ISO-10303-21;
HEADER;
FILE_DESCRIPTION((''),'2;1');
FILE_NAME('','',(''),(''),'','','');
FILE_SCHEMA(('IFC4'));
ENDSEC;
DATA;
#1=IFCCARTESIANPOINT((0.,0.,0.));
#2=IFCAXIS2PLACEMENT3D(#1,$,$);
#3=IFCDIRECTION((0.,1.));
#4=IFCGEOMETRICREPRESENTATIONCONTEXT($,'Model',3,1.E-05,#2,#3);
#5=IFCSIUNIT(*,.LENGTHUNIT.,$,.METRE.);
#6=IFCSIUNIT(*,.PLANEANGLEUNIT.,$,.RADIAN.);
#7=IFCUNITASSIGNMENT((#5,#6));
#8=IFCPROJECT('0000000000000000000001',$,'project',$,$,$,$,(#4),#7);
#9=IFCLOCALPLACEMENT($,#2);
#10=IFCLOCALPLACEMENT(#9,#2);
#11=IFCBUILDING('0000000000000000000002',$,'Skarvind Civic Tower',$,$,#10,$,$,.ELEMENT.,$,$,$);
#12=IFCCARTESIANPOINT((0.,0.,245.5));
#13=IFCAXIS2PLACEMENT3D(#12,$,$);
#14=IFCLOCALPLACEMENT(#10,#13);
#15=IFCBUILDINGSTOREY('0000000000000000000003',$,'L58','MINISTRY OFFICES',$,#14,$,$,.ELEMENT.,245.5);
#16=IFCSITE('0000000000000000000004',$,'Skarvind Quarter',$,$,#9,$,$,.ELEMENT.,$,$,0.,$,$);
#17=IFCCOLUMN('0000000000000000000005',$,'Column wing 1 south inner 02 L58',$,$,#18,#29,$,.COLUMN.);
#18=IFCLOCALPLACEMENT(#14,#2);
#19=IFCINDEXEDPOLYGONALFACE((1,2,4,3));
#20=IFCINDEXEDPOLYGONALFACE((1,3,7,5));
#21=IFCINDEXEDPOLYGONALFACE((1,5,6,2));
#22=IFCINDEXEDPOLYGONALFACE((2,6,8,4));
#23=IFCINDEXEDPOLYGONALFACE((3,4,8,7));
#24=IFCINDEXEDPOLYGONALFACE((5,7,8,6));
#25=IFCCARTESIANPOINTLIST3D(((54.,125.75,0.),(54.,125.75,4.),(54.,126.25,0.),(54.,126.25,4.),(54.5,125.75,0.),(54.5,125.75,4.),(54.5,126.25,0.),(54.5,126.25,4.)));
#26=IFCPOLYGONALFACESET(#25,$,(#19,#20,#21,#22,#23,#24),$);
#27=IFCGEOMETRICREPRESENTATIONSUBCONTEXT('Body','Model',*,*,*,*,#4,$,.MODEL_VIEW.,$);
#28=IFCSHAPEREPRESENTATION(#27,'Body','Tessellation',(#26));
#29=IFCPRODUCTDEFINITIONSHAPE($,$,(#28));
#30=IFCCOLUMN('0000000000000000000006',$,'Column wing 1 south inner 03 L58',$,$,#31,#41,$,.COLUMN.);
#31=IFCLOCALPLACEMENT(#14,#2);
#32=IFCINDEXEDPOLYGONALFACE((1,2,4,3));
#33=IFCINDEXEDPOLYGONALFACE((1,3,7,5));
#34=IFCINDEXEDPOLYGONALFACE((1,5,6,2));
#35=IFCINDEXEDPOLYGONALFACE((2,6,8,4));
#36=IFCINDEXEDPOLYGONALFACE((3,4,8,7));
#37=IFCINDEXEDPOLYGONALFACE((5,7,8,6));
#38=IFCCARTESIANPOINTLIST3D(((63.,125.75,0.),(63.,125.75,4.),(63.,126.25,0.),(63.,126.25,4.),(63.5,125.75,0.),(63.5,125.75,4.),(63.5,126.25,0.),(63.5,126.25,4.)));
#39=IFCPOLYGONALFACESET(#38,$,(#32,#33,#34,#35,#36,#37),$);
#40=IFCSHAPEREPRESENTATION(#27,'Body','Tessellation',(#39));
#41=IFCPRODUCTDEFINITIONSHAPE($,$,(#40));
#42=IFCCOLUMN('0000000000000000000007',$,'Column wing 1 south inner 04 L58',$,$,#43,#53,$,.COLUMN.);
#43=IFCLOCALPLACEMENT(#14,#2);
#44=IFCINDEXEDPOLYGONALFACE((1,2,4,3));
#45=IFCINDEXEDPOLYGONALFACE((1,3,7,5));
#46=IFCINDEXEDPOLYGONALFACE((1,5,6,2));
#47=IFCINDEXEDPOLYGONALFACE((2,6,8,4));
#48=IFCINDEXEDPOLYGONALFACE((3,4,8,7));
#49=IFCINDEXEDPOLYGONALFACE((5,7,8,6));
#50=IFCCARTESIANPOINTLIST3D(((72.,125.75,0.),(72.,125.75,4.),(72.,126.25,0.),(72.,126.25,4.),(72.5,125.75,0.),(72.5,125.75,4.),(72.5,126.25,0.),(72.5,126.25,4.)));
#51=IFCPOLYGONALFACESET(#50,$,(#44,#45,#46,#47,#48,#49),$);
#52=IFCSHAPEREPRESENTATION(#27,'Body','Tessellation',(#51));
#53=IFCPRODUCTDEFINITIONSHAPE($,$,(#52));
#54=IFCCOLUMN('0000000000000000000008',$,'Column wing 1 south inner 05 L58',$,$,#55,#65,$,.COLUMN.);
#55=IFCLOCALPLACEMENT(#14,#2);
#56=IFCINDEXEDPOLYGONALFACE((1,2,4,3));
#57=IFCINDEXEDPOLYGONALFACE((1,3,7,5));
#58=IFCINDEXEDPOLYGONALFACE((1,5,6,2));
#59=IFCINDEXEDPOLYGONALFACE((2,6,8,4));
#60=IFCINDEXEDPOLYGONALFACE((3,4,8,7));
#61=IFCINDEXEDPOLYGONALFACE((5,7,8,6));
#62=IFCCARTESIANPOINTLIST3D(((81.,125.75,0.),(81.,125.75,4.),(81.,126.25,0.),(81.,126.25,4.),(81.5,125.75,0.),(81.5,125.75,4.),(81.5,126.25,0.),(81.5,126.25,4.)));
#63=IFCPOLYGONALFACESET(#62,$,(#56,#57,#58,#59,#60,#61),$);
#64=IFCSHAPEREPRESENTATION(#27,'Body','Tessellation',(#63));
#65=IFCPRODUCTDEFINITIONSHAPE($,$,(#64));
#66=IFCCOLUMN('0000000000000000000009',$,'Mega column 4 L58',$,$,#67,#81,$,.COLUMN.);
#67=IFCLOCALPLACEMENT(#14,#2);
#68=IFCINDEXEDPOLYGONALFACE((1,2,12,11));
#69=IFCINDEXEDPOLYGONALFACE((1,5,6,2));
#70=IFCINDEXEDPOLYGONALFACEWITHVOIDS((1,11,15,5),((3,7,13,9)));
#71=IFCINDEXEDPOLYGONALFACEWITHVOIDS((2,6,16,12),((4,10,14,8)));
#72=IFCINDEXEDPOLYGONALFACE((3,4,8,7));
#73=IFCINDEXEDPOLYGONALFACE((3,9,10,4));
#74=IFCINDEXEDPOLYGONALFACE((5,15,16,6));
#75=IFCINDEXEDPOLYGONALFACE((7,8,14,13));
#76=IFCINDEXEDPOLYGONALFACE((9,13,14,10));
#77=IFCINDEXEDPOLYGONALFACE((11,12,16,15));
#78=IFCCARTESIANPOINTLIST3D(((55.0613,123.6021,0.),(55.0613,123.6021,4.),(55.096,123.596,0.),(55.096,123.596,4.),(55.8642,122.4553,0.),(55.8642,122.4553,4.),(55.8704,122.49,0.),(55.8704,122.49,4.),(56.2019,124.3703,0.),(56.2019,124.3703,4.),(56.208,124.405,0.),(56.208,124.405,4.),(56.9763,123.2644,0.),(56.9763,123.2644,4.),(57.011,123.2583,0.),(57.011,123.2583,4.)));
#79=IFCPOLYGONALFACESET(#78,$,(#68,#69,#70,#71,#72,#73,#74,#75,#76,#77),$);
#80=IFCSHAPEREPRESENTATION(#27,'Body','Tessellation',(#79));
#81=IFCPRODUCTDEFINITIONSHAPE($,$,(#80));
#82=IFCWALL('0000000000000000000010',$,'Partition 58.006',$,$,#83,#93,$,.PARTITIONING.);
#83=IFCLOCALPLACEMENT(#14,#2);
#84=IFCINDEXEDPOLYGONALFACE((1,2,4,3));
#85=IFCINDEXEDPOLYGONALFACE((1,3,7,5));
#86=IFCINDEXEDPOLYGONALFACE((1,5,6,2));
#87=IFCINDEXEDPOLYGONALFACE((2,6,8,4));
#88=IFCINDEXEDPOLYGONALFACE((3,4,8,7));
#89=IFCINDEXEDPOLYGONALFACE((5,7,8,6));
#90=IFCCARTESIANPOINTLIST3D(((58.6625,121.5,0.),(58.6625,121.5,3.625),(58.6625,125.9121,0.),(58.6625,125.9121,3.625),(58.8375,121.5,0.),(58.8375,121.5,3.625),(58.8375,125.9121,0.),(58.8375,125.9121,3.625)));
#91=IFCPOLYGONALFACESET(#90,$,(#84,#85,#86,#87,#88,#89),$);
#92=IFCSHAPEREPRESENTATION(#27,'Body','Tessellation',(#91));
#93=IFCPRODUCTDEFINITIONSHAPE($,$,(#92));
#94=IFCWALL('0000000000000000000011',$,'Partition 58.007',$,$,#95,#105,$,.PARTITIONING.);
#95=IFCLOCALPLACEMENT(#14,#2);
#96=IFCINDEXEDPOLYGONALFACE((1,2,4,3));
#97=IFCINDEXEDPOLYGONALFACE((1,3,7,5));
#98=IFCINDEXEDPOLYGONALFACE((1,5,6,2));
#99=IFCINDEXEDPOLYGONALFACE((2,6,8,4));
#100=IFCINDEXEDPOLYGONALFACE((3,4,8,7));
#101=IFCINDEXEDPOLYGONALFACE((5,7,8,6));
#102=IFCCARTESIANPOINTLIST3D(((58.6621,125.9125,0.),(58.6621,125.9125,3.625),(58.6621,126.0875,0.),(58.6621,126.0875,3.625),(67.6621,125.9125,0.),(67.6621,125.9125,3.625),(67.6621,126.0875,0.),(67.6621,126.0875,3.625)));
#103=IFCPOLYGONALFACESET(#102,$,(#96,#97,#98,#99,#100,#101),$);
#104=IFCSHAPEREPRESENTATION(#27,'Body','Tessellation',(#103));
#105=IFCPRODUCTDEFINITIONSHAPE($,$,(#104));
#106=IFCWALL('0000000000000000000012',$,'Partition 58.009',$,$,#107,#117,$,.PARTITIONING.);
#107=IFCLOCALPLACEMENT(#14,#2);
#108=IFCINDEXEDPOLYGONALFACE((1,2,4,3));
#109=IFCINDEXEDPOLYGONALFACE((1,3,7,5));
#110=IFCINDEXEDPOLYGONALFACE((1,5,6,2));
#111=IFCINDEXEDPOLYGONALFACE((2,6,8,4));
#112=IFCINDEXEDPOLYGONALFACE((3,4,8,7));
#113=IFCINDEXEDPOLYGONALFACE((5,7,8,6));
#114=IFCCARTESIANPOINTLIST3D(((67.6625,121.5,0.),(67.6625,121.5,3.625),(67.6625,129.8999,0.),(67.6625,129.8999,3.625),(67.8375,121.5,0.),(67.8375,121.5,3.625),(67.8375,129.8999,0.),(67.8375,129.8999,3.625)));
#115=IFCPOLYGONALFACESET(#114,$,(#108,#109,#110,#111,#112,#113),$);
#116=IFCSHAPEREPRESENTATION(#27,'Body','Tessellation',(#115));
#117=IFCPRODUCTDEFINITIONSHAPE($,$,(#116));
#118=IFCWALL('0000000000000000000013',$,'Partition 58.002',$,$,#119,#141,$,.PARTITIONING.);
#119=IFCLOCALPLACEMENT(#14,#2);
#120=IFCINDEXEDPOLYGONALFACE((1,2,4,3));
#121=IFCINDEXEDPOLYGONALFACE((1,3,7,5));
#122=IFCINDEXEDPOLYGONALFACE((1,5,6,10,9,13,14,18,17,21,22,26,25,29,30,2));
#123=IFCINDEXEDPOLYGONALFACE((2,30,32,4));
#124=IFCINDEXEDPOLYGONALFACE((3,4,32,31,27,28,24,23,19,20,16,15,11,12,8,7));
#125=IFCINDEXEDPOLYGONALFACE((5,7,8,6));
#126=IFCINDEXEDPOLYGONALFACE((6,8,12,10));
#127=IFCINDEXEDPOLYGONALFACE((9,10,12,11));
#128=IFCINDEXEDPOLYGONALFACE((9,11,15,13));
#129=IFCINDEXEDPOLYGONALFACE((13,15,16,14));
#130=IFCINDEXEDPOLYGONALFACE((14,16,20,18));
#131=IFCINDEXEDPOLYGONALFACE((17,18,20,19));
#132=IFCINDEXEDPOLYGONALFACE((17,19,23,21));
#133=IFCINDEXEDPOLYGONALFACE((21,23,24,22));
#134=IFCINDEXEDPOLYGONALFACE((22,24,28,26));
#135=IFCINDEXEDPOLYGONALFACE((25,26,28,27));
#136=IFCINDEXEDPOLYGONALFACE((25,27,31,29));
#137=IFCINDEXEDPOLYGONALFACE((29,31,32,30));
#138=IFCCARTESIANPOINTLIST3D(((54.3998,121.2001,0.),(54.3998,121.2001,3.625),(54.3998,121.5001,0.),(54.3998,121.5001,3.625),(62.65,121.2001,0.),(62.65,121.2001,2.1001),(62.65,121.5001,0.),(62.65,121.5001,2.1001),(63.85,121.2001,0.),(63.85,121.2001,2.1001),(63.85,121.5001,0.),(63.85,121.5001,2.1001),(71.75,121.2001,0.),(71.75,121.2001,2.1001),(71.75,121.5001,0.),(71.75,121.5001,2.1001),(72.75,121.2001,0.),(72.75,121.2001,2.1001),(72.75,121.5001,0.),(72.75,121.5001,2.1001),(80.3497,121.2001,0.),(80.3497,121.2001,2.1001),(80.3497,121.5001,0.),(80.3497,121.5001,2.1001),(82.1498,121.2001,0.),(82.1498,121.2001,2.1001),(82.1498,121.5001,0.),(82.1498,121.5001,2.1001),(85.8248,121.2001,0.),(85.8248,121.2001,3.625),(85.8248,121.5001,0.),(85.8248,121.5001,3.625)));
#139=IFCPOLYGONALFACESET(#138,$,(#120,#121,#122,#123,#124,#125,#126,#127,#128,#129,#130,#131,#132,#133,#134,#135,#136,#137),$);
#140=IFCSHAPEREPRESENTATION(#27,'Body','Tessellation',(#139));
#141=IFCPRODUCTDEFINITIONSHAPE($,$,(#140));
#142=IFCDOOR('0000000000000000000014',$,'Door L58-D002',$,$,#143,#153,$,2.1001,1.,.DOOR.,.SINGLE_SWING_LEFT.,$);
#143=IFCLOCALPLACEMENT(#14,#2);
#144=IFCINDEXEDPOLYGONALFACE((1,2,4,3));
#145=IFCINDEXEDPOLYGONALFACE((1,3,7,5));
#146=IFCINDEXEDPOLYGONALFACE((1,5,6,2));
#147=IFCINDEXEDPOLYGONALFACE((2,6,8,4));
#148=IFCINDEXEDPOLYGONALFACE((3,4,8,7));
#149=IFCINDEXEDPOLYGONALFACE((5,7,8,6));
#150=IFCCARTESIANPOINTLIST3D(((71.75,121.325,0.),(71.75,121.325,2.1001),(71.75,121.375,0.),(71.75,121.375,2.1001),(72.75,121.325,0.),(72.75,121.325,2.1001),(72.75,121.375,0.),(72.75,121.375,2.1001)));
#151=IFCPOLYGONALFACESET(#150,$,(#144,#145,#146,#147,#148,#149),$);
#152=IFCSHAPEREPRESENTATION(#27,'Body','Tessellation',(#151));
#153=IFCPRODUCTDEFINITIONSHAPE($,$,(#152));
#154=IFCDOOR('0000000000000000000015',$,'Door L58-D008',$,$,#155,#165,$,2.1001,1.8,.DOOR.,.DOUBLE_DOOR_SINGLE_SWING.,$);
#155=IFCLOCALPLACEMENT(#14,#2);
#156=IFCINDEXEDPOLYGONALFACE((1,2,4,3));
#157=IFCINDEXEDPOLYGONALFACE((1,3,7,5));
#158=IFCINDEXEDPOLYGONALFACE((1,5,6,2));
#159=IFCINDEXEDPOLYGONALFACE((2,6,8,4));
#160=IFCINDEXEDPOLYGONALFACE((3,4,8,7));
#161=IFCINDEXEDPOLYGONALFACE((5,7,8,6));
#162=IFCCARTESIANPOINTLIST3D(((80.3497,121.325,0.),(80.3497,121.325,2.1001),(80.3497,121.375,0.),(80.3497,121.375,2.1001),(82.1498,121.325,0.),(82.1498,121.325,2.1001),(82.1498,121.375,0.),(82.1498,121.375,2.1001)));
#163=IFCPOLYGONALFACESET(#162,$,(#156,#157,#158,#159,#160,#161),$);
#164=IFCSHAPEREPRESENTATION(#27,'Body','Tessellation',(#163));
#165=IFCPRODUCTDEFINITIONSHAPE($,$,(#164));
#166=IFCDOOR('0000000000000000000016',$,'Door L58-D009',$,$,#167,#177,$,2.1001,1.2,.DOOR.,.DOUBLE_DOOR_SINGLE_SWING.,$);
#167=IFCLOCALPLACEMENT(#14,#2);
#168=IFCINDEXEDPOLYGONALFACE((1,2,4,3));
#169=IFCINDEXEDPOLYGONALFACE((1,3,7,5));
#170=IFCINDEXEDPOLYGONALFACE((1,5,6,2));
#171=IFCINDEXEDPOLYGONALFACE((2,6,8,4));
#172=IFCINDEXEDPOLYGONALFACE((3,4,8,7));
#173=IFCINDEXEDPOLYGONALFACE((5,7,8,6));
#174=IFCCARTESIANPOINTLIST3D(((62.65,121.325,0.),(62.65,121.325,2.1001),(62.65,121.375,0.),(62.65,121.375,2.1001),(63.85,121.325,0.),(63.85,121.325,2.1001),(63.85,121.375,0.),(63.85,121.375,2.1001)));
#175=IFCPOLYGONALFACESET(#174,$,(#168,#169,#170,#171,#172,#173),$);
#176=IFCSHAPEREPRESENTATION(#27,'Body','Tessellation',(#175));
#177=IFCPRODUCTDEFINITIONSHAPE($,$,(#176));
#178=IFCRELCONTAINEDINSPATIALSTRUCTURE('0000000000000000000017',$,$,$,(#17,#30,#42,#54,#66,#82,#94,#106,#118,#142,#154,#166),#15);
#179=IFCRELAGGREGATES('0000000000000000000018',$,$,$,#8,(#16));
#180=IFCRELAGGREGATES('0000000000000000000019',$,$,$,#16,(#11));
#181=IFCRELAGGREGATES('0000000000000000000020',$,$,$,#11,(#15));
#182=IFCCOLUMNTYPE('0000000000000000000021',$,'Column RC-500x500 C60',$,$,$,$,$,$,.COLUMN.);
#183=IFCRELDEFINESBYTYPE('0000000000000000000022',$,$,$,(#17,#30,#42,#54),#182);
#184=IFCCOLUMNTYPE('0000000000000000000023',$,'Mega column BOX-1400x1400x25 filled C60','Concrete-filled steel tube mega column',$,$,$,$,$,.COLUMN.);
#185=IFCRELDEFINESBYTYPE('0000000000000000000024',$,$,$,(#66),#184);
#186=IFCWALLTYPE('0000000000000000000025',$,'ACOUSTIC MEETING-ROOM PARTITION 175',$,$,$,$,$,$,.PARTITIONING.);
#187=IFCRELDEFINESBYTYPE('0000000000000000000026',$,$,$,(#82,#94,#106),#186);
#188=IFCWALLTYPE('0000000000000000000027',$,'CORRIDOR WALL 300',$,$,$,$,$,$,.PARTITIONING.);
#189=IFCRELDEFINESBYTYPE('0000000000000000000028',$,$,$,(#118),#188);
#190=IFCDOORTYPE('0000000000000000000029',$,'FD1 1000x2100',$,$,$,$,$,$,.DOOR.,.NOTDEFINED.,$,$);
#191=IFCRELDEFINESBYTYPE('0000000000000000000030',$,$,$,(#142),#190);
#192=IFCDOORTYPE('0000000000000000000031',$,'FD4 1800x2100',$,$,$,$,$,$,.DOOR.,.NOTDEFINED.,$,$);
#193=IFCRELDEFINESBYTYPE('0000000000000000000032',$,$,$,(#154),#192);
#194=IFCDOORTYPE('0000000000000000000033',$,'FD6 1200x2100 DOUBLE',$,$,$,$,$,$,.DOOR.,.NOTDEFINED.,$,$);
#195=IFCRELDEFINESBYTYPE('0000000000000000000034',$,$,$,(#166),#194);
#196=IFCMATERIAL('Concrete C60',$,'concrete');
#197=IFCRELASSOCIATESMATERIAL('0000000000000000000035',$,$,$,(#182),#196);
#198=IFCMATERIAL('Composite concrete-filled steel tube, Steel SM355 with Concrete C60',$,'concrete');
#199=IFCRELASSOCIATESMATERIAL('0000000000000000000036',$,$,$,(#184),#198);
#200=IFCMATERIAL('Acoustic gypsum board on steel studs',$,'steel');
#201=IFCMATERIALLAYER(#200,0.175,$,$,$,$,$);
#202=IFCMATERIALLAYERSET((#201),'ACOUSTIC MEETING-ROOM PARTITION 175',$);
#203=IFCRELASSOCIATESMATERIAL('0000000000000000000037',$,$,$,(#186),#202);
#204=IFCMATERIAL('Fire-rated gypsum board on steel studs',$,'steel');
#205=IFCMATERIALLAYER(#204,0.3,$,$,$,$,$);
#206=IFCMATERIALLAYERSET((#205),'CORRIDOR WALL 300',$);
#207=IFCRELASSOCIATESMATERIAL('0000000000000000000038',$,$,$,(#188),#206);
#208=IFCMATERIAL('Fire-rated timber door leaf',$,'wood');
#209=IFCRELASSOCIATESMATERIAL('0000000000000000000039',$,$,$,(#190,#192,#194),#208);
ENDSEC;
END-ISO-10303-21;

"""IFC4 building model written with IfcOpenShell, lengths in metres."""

from ifc_helpers import new_model, si_unit, direction, frame, frame_2d, origin, origin_2d, place, context, subcontext, project, spatial, rectangle, hollow_rectangle, extrude, material, layer, layer_set, material_profile, profile_set, type_object, element, fill, save


model = new_model("IFC4")

# Units and contexts
model_context = context("Model", 3, precision=1e-05, world=origin(), true_north=direction((0.0, 1.0)))
body_context = subcontext(model_context, "Body", "Model", "MODEL_VIEW")
ifc_project = project(units=[si_unit("LENGTHUNIT", "METRE"), si_unit("PLANEANGLEUNIT", "RADIAN")], contexts=[model_context])

# Site, building, storey
site_placement = place(None, origin())
site = spatial("IfcSite", under=ifc_project, at=site_placement, Name="Skarvind Quarter", CompositionType="ELEMENT", RefElevation=0.0)
building_placement = place(site_placement, origin())
building = spatial("IfcBuilding", under=site, at=building_placement, Name="Skarvind Civic Tower", CompositionType="ELEMENT")
storey_placement = place(building_placement, frame((0.0, 0.0, 245.5)))
storey = spatial("IfcBuildingStorey", under=building, at=storey_placement, Name="L58", Description="MINISTRY OFFICES", CompositionType="ELEMENT", Elevation=245.5)

# Columns
ifc_material_1 = material(Name="Concrete C60", Category="concrete")
ifc_material_profile_1 = material_profile(ifc_material_1, rectangle(XDim=0.5, YDim=0.5, at=origin_2d()), Name="RC-500x500")
ifc_profile_set_1 = profile_set([ifc_material_profile_1], Name="Concrete C60")
column_type_1 = type_object("IfcColumnType", Name="Column RC-500x500 C60", PredefinedType="COLUMN", material=ifc_profile_set_1)
for number, where, z_axis, x_axis, name in (
    (1, (54.25, 126.0, 0.0), (0.0, 0.0, 1.0), (1.0, 0.0, 0.0), "Column wing 1 south inner 02 L58"),
    (2, (63.25, 126.0, 0.0), (0.0, 0.0, 1.0), (1.0, 0.0, 0.0), "Column wing 1 south inner 03 L58"),
    (3, (72.25, 126.0, 0.0), (0.0, 0.0, 1.0), (1.0, 0.0, 0.0), "Column wing 1 south inner 04 L58"),
    (4, (81.25, 126.0, 0.0), (0.0, 0.0, 1.0), (1.0, 0.0, 0.0), "Column wing 1 south inner 05 L58"),
):
    element("IfcColumn", number, at=place(storey_placement, frame(where, z_axis=z_axis, x_axis=x_axis)), inside=storey, type_object=column_type_1, Name=name, PredefinedType="COLUMN", context=body_context, shape_type="SweptSolid", body=[
        extrude(rectangle(XDim=0.5, YDim=0.5, at=origin_2d()), origin(), (0.0, 0.0, 1.0), 4.0),
    ])
ifc_material_2 = material(Name="Composite concrete-filled steel tube, Steel SM355 with Concrete C60", Category="concrete")
ifc_material_profile_2 = material_profile(ifc_material_2, hollow_rectangle(XDim=1.3999, YDim=1.3999, WallThickness=0.0249, at=origin_2d()), Name="BOX-1400x1400x25")
ifc_profile_set_2 = profile_set([ifc_material_profile_2], Name="Composite concrete-filled steel tube, Steel SM355 with Concrete C60")
column_type_2 = type_object("IfcColumnType", Name="Mega column BOX-1400x1400x25 filled C60", Description="Concrete-filled steel tube mega column", PredefinedType="COLUMN", material=ifc_profile_set_2)
column_placement = place(storey_placement, frame((56.0361, 123.4302, 0.0), z_axis=(0.0, 0.0, 1.0), x_axis=(0.573576, -0.819152, 0.0)))
element("IfcColumn", 5, at=column_placement, inside=storey, type_object=column_type_2, Name="Mega column 4 L58", PredefinedType="COLUMN", context=body_context, shape_type="SweptSolid", body=[
    extrude(hollow_rectangle(XDim=1.3999, YDim=1.3999, WallThickness=0.0249, at=origin_2d()), origin(), (0.0, 0.0, 1.0), 4.0),
])

# Walls
ifc_material_3 = material(Name="Acoustic gypsum board on steel studs", Category="steel")
ifc_layer_1 = layer(ifc_material_3, 0.175)
ifc_layer_set_1 = layer_set([ifc_layer_1], Name="ACOUSTIC MEETING-ROOM PARTITION 175")
wall_type_1 = type_object("IfcWallType", Name="ACOUSTIC MEETING-ROOM PARTITION 175", PredefinedType="PARTITIONING", material=ifc_layer_set_1)
wall_1_placement = place(storey_placement, frame((58.75, 125.9121, 0.0), z_axis=(0.0, 0.0, 1.0), x_axis=(0.0, -1.0, 0.0)))
element("IfcWall", 6, at=wall_1_placement, inside=storey, type_object=wall_type_1, Name="Partition 58.006", PredefinedType="PARTITIONING", context=body_context, shape_type="SweptSolid", body=[
    extrude(rectangle(XDim=4.4121, YDim=0.175, at=frame_2d((2.2061, 0.0))), origin(), (0.0, 0.0, 1.0), 3.625),
])
wall_2_placement = place(storey_placement, frame((58.6621, 126.0, 0.0), z_axis=(0.0, 0.0, 1.0), x_axis=(1.0, 0.0, 0.0)))
element("IfcWall", 7, at=wall_2_placement, inside=storey, type_object=wall_type_1, Name="Partition 58.007", PredefinedType="PARTITIONING", context=body_context, shape_type="SweptSolid", body=[
    extrude(rectangle(XDim=9.0, YDim=0.175, at=frame_2d((4.5, 0.0))), origin(), (0.0, 0.0, 1.0), 3.625),
])
wall_3_placement = place(storey_placement, frame((67.75, 121.5, 0.0), z_axis=(0.0, 0.0, 1.0), x_axis=(0.0, 1.0, 0.0)))
element("IfcWall", 8, at=wall_3_placement, inside=storey, type_object=wall_type_1, Name="Partition 58.009", PredefinedType="PARTITIONING", context=body_context, shape_type="SweptSolid", body=[
    extrude(rectangle(XDim=8.3999, YDim=0.175, at=frame_2d((4.2, 0.0))), origin(), (0.0, 0.0, 1.0), 3.625),
])

# Wall, openings, doors
ifc_material_4 = material(Name="Fire-rated gypsum board on steel studs", Category="steel")
ifc_layer_2 = layer(ifc_material_4, 0.3)
ifc_layer_set_2 = layer_set([ifc_layer_2], Name="CORRIDOR WALL 300")
wall_type_2 = type_object("IfcWallType", Name="CORRIDOR WALL 300", PredefinedType="PARTITIONING", material=ifc_layer_set_2)
wall_4_placement = place(storey_placement, frame((54.3999, 121.3501, 0.0), z_axis=(0.0, 0.0, 1.0), x_axis=(1.0, 0.0, 0.0)))
wall_4 = element("IfcWall", 9, at=wall_4_placement, inside=storey, type_object=wall_type_2, Name="Partition 58.002", PredefinedType="PARTITIONING", context=body_context, shape_type="SweptSolid", body=[
    extrude(rectangle(XDim=31.425, YDim=0.3, at=frame_2d((15.7124, 0.0))), origin(), (0.0, 0.0, 1.0), 3.625),
])
opening_1_placement = place(wall_4_placement, frame((17.3501, 0.0, 0.0)))
opening_1 = element("IfcOpeningElement", 10, at=opening_1_placement, cuts=wall_4, PredefinedType="OPENING", context=body_context, shape_type="SweptSolid", body=[
    extrude(rectangle(XDim=1.0, YDim=2.1001, at=frame_2d((0.5, 1.05))), frame((0.0, 0.1599, 0.0), z_axis=(0.0, -1.0, 0.0), x_axis=(1.0, 0.0, 0.0)), (0.0, 0.0, 1.0), 0.3201),
])
opening_2_placement = place(wall_4_placement, frame((25.95, 0.0, 0.0)))
opening_2 = element("IfcOpeningElement", 11, at=opening_2_placement, cuts=wall_4, PredefinedType="OPENING", context=body_context, shape_type="SweptSolid", body=[
    extrude(rectangle(XDim=1.8, YDim=2.1001, at=frame_2d((0.8999, 1.05))), frame((0.0, 0.1599, 0.0), z_axis=(0.0, -1.0, 0.0), x_axis=(1.0, 0.0, 0.0)), (0.0, 0.0, 1.0), 0.3201),
])
opening_3_placement = place(wall_4_placement, frame((8.25, 0.0, 0.0)))
opening_3 = element("IfcOpeningElement", 12, at=opening_3_placement, cuts=wall_4, PredefinedType="OPENING", context=body_context, shape_type="SweptSolid", body=[
    extrude(rectangle(XDim=1.2, YDim=2.1001, at=frame_2d((0.6001, 1.05))), frame((0.0, 0.1599, 0.0), z_axis=(0.0, -1.0, 0.0), x_axis=(1.0, 0.0, 0.0)), (0.0, 0.0, 1.0), 0.3201),
])
ifc_material_5 = material(Name="Fire-rated timber door leaf", Category="wood")
door_type_1 = type_object("IfcDoorType", Name="FD1 1000x2100", OperationType="NOTDEFINED", PredefinedType="DOOR", material=ifc_material_5)
door_1_placement = place(opening_1_placement, origin())
door_1 = element("IfcDoor", 13, at=door_1_placement, inside=storey, type_object=door_type_1, Name="Door L58-D002", OperationType="SINGLE_SWING_LEFT", OverallHeight=2.1001, OverallWidth=1.0, PredefinedType="DOOR", context=body_context, shape_type="SweptSolid", body=[
    extrude(rectangle(XDim=1.0, YDim=2.1001, at=frame_2d((0.5, 1.05))), frame((0.0, 0.0249, 0.0), z_axis=(0.0, -1.0, 0.0), x_axis=(1.0, 0.0, 0.0)), (0.0, 0.0, 1.0), 0.05),
])
fill(opening_1, door_1)
door_type_2 = type_object("IfcDoorType", Name="FD4 1800x2100", OperationType="NOTDEFINED", PredefinedType="DOOR", material=ifc_material_5)
door_2_placement = place(opening_2_placement, origin())
door_2 = element("IfcDoor", 14, at=door_2_placement, inside=storey, type_object=door_type_2, Name="Door L58-D008", OperationType="DOUBLE_DOOR_SINGLE_SWING", OverallHeight=2.1001, OverallWidth=1.8, PredefinedType="DOOR", context=body_context, shape_type="SweptSolid", body=[
    extrude(rectangle(XDim=1.8, YDim=2.1001, at=frame_2d((0.8999, 1.05))), frame((0.0, 0.0249, 0.0), z_axis=(0.0, -1.0, 0.0), x_axis=(1.0, 0.0, 0.0)), (0.0, 0.0, 1.0), 0.05),
])
fill(opening_2, door_2)
door_type_3 = type_object("IfcDoorType", Name="FD6 1200x2100 DOUBLE", OperationType="NOTDEFINED", PredefinedType="DOOR", material=ifc_material_5)
door_3_placement = place(opening_3_placement, origin())
door_3 = element("IfcDoor", 15, at=door_3_placement, inside=storey, type_object=door_type_3, Name="Door L58-D009", OperationType="DOUBLE_DOOR_SINGLE_SWING", OverallHeight=2.1001, OverallWidth=1.2, PredefinedType="DOOR", context=body_context, shape_type="SweptSolid", body=[
    extrude(rectangle(XDim=1.2, YDim=2.1001, at=frame_2d((0.6001, 1.05))), frame((0.0, 0.0249, 0.0), z_axis=(0.0, -1.0, 0.0), x_axis=(1.0, 0.0, 0.0)), (0.0, 0.0, 1.0), 0.05),
])
fill(opening_3, door_3)

save(model, "model.ifc")
